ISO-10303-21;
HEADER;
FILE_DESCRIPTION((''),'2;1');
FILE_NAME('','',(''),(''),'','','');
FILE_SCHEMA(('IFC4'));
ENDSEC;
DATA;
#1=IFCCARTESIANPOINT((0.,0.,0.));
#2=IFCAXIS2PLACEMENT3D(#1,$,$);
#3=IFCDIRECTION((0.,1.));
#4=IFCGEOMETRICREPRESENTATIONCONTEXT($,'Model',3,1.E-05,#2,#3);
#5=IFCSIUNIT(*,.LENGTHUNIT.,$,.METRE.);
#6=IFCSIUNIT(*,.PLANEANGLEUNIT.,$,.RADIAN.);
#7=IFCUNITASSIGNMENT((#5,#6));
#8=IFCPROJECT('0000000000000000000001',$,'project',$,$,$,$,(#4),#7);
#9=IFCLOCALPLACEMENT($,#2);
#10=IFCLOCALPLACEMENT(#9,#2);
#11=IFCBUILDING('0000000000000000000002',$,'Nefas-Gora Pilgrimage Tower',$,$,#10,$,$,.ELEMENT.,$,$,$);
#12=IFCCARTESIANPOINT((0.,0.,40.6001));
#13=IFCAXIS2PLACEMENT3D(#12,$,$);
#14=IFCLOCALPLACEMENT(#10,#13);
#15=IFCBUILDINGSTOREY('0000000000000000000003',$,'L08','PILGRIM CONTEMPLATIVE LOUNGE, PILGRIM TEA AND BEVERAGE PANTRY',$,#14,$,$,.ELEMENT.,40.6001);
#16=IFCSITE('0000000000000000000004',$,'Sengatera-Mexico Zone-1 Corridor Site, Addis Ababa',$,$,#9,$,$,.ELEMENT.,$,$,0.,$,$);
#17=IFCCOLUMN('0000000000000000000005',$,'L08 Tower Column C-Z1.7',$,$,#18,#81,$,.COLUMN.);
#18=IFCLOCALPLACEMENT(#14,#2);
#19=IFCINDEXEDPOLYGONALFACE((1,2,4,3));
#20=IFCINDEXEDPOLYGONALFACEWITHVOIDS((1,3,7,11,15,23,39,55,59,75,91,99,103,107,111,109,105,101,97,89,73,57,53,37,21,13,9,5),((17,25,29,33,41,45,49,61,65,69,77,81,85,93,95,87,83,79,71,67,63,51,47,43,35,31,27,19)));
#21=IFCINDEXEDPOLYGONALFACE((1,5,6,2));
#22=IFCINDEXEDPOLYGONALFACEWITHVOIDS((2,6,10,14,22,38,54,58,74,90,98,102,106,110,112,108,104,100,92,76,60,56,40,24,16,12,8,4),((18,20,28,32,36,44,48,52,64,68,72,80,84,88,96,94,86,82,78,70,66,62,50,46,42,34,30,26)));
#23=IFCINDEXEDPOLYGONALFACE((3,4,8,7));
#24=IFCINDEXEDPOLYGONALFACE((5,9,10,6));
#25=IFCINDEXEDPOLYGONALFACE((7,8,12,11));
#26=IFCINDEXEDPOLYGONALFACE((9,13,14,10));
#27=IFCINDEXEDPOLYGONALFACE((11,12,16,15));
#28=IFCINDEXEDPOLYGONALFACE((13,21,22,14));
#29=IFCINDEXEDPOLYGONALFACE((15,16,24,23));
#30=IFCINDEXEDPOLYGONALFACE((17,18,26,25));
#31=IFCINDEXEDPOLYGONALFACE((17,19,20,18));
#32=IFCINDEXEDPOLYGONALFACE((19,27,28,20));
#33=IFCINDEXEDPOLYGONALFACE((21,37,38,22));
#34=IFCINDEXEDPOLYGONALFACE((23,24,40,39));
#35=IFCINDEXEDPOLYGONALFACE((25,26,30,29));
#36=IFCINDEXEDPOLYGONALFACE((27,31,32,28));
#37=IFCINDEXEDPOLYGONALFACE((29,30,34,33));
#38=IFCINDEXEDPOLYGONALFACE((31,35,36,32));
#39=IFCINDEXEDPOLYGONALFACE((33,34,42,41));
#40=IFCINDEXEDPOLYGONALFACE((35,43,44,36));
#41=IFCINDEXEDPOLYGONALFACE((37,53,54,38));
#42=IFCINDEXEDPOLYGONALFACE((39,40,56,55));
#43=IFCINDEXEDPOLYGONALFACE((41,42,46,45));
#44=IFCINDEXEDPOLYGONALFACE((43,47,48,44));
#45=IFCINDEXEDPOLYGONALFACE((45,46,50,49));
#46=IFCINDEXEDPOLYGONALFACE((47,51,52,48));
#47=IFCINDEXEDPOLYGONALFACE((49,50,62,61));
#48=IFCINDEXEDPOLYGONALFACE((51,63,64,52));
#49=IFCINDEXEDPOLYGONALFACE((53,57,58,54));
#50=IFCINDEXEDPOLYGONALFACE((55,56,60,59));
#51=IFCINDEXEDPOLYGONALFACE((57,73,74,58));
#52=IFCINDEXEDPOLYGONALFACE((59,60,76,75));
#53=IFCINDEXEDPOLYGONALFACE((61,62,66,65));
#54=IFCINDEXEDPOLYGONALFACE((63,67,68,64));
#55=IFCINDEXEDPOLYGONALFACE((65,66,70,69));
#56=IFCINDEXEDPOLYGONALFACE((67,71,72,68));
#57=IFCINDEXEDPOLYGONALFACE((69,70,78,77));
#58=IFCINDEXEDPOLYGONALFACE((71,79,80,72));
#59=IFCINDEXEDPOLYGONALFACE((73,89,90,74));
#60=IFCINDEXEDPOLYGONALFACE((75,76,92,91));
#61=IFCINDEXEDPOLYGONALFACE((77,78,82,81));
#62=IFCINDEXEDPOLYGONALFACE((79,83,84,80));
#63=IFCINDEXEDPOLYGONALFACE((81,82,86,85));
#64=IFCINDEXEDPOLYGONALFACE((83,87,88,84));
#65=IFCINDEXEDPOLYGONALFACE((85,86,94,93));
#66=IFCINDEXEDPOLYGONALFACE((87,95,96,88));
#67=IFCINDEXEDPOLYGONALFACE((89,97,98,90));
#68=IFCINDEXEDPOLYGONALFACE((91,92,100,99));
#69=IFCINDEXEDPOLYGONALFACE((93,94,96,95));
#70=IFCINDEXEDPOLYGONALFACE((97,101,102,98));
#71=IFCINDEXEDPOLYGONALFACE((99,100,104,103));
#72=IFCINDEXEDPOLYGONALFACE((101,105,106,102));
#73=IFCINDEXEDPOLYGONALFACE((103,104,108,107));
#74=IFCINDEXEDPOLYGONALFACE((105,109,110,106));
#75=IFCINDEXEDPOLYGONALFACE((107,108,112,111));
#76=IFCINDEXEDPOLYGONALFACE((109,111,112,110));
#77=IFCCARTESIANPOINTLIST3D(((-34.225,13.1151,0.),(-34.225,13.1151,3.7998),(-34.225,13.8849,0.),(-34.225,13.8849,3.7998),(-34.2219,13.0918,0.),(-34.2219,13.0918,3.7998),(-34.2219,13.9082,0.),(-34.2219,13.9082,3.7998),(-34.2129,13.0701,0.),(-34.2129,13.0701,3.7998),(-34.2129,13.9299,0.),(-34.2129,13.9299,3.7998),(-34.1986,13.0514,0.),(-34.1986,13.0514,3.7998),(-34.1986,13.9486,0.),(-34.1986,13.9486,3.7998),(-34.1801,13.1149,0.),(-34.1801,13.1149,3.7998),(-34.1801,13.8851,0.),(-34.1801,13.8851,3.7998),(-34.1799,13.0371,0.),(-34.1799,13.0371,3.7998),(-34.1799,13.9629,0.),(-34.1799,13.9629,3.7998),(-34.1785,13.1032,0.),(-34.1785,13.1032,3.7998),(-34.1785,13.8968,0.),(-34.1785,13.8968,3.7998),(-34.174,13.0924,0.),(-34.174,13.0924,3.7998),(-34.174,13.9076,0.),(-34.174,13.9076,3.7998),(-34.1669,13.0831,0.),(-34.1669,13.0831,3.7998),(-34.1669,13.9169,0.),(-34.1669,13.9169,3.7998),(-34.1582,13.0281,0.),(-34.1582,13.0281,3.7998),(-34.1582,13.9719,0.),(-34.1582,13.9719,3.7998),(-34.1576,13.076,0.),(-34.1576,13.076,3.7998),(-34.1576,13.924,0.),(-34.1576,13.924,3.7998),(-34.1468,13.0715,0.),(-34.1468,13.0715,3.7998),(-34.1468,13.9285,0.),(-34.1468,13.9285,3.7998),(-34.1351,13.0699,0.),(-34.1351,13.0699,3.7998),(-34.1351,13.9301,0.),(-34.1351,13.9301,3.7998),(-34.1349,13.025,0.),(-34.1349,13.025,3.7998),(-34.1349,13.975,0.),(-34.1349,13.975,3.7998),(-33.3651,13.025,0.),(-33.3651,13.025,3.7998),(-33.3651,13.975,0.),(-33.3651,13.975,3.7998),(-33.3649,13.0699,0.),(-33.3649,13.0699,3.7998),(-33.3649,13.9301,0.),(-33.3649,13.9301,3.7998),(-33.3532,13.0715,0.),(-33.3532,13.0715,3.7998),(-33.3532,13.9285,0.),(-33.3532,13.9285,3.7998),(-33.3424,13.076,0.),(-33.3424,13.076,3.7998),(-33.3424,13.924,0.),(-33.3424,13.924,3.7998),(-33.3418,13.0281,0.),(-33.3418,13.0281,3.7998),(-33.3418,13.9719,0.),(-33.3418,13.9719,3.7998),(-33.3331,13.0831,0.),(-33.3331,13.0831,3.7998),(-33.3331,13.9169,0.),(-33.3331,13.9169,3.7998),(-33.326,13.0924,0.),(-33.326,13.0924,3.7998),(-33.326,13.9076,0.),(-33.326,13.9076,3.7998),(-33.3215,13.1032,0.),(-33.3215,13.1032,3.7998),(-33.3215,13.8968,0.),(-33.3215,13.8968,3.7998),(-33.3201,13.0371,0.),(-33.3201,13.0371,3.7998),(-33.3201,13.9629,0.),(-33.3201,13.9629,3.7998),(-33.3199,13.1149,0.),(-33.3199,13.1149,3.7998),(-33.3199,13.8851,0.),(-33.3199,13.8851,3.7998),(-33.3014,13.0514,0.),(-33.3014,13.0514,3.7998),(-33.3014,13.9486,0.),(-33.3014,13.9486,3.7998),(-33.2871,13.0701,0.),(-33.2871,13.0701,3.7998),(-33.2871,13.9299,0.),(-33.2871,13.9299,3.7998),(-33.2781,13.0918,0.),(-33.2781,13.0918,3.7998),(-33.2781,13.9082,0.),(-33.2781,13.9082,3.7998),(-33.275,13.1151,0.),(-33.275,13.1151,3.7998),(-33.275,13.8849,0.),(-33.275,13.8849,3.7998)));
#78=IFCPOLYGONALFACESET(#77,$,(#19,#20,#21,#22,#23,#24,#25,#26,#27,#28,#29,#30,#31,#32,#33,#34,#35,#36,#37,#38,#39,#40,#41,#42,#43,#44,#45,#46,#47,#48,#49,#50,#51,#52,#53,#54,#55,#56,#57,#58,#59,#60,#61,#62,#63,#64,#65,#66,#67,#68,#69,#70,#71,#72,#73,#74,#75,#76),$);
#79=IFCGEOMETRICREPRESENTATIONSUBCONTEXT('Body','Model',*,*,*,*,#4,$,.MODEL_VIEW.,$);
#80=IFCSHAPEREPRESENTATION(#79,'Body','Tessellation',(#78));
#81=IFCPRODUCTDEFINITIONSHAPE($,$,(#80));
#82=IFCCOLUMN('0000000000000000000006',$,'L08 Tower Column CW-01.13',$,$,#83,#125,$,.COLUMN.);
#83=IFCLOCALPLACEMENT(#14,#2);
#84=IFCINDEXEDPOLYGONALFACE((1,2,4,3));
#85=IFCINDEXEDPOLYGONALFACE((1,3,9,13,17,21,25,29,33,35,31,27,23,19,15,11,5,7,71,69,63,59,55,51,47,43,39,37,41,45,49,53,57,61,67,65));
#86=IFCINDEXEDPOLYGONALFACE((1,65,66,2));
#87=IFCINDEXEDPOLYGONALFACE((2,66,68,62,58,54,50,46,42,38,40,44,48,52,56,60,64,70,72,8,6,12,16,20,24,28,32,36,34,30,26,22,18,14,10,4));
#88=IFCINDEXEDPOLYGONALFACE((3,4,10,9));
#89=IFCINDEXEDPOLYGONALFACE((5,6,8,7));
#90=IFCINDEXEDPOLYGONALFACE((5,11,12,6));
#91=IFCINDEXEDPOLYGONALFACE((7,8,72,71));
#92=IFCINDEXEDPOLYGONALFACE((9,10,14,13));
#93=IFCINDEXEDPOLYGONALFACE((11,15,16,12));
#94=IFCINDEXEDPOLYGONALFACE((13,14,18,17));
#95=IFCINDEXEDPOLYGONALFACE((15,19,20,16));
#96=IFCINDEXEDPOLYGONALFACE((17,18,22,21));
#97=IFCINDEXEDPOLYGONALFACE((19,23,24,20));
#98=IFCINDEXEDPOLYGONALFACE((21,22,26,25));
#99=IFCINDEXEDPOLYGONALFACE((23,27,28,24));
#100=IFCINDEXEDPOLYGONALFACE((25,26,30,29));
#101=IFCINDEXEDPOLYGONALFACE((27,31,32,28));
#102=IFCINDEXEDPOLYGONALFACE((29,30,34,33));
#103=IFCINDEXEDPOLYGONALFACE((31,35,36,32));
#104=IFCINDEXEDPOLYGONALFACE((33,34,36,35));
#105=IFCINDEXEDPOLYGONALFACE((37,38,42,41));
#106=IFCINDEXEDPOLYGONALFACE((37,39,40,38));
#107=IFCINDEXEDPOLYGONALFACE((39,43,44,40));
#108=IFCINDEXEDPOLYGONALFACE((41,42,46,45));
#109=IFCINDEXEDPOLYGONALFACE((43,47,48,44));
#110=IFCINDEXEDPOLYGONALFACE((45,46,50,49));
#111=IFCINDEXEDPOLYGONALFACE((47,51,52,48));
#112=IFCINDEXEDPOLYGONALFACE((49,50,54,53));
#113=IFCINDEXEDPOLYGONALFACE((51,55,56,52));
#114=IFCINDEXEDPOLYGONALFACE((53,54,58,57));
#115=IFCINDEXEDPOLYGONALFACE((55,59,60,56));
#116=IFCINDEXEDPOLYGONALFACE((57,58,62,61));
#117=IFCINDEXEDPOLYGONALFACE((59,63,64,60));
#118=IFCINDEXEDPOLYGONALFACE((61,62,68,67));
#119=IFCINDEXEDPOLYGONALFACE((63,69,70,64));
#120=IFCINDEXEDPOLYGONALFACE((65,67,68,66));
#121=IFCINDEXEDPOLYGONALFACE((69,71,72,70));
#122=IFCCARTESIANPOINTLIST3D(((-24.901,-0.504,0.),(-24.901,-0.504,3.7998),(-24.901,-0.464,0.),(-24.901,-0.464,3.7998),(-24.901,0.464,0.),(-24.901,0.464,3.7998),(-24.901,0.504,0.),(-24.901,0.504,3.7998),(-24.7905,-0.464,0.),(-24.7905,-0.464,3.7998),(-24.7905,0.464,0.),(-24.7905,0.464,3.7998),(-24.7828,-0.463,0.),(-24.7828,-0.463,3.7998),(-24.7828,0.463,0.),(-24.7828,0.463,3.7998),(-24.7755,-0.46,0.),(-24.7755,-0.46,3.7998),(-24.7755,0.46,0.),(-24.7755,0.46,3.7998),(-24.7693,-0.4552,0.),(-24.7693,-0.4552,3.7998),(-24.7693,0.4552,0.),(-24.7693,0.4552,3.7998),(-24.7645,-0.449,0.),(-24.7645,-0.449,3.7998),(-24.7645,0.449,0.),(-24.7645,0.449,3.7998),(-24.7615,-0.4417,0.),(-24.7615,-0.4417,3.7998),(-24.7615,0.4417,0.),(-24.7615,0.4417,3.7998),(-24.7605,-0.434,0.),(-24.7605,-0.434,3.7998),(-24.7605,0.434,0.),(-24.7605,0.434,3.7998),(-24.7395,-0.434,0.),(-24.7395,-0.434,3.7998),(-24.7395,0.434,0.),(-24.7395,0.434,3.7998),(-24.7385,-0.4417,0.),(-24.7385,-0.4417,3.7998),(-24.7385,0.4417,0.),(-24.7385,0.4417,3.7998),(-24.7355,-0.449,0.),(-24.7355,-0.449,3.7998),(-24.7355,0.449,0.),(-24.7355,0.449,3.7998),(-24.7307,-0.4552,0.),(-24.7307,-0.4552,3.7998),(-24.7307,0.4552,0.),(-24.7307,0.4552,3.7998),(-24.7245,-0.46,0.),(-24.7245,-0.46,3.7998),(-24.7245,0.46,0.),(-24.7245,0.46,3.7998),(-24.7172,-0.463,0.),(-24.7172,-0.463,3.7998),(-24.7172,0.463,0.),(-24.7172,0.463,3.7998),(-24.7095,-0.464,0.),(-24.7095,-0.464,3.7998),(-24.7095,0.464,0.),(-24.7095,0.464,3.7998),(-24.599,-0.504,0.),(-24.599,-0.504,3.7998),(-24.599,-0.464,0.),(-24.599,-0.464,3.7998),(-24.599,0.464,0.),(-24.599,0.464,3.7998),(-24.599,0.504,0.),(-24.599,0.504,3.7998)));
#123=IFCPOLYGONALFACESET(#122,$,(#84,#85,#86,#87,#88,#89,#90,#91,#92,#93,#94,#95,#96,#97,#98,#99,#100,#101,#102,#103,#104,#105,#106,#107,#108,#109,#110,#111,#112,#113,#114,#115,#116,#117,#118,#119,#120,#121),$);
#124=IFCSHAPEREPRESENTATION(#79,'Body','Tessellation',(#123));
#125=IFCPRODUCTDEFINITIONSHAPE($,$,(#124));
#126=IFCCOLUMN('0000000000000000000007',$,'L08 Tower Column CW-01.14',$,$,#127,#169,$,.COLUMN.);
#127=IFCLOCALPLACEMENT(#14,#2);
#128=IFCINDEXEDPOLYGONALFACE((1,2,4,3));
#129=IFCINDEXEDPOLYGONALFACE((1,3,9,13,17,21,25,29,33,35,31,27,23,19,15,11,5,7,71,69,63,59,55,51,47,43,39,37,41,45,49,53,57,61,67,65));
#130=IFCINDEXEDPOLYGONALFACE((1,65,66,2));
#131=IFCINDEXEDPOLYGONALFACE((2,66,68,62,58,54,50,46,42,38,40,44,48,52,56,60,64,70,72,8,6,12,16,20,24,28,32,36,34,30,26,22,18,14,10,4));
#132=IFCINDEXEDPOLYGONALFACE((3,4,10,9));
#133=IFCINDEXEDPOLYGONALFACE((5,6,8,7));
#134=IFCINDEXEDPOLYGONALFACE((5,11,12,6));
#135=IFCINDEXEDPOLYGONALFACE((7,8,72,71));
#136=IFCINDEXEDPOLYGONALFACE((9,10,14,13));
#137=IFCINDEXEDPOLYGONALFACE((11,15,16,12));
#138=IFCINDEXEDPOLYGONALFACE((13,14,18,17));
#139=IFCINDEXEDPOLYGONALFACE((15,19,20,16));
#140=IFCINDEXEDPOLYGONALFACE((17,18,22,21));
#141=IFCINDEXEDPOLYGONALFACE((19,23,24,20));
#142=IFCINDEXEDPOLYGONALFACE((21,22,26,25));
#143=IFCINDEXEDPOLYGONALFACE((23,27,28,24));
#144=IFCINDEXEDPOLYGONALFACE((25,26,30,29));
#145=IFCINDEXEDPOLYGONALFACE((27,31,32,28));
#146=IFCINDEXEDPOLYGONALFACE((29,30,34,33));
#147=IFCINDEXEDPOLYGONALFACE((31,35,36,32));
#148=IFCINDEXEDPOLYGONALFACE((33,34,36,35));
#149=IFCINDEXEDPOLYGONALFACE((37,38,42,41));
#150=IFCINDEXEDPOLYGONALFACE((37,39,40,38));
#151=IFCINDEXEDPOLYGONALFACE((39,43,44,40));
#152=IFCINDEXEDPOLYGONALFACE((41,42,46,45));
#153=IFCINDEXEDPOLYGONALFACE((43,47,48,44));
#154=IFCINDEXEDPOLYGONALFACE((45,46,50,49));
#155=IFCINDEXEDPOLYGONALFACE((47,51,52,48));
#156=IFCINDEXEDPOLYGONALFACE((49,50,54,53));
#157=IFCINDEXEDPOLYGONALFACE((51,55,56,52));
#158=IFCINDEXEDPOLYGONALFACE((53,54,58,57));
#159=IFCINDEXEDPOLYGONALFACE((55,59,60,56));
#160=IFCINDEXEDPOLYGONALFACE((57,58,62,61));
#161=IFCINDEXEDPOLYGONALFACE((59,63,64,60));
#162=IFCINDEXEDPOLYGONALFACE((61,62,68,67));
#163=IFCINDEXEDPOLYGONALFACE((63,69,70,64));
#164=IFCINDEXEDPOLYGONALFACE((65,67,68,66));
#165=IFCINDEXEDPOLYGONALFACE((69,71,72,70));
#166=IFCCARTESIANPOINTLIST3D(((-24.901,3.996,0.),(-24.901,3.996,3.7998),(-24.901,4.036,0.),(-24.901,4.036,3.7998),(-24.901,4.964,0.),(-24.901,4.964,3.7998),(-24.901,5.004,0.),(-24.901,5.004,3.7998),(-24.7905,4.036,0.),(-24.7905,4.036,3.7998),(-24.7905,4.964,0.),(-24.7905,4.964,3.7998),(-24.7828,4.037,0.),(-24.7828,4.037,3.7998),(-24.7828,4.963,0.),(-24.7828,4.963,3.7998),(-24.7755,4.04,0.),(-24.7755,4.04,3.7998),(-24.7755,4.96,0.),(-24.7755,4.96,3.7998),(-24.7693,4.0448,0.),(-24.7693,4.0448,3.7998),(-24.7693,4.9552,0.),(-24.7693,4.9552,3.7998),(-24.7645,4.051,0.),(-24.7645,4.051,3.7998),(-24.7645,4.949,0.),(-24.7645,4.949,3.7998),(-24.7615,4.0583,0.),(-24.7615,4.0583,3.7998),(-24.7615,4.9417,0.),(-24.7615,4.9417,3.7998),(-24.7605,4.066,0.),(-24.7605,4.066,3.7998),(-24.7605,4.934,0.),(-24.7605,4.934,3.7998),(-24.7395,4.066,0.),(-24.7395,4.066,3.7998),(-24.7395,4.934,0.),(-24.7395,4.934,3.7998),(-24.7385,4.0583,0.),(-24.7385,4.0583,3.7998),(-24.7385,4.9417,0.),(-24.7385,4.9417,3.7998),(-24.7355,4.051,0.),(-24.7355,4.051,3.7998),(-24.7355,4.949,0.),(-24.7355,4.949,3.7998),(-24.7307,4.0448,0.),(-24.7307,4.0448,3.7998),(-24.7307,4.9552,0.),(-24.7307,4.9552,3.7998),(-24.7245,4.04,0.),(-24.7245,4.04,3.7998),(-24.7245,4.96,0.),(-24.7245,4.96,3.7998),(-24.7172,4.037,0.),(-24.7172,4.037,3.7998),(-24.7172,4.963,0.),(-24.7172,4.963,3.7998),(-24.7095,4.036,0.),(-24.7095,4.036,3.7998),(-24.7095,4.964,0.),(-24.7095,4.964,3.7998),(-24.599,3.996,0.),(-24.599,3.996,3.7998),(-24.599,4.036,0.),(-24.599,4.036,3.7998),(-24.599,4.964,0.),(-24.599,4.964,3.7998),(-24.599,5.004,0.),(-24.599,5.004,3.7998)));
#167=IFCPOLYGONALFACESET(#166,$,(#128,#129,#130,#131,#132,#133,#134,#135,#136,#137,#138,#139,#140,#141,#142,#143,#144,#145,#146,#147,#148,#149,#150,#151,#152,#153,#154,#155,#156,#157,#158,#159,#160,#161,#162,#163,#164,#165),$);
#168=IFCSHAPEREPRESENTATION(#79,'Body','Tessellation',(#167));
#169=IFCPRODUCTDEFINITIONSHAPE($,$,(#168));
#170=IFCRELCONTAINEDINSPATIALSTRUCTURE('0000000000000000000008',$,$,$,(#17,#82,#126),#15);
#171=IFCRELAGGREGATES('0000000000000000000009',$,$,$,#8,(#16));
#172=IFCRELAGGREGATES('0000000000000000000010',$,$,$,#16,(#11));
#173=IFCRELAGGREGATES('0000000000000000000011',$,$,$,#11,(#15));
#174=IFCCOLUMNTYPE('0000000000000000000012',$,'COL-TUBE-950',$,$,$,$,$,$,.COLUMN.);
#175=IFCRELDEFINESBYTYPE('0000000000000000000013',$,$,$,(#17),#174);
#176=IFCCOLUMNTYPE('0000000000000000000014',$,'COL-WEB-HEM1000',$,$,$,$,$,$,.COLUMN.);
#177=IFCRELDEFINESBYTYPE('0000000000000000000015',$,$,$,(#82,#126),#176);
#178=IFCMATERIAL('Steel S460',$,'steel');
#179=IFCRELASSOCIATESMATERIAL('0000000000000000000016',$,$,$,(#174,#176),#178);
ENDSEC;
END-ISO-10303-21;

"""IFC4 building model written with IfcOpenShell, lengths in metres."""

from ifc_helpers import new_model, si_unit, direction, frame, origin, origin_2d, place, context, subcontext, project, spatial, hollow_rectangle, i_section, extrude, source, transform, mapped, material, material_profile, profile_set, type_object, element, save


model = new_model("IFC4")

# Units and contexts
model_context = context("Model", 3, precision=1e-05, world=origin(), true_north=direction((0.0, 1.0)))
body_context = subcontext(model_context, "Body", "Model", "MODEL_VIEW")
ifc_project = project(units=[si_unit("LENGTHUNIT", "METRE"), si_unit("PLANEANGLEUNIT", "RADIAN")], contexts=[model_context])

# Site, building, storey
site_placement = place(None, origin())
site = spatial("IfcSite", under=ifc_project, at=site_placement, Name="Sengatera-Mexico Zone-1 Corridor Site, Addis Ababa", CompositionType="ELEMENT", RefElevation=0.0)
building_placement = place(site_placement, origin())
building = spatial("IfcBuilding", under=site, at=building_placement, Name="Nefas-Gora Pilgrimage Tower", CompositionType="ELEMENT")
storey_placement = place(building_placement, frame((0.0, 0.0, 40.6001)))
storey = spatial("IfcBuildingStorey", under=building, at=storey_placement, Name="L08", Description="PILGRIM CONTEMPLATIVE LOUNGE, PILGRIM TEA AND BEVERAGE PANTRY", CompositionType="ELEMENT", Elevation=40.6001)

# Columns
ifc_material_1 = material(Name="Steel S460", Category="steel")
ifc_material_profile_1 = material_profile(ifc_material_1, hollow_rectangle(XDim=0.95, YDim=0.95, WallThickness=0.0449, InnerFilletRadius=0.0449, OuterFilletRadius=0.0901, at=origin_2d()), Name="BOX 950x950x45")
ifc_profile_set_1 = profile_set([ifc_material_profile_1], Name="Steel S460")
column_type_1 = type_object("IfcColumnType", Name="COL-TUBE-950", PredefinedType="COLUMN", material=ifc_profile_set_1)
shared_shape_1 = source(origin(), body_context, "Body", "SweptSolid", [
    extrude(hollow_rectangle(XDim=0.95, YDim=0.95, WallThickness=0.0449, InnerFilletRadius=0.0449, OuterFilletRadius=0.0901, at=origin_2d()), origin(), (0.0, 0.0, 1.0), 3.7998),
])
for number, where, z_axis, x_axis, name in (
    (1, (-33.75, 13.5, 0.0), (0.0, 0.0, 1.0), (1.0, 0.0, 0.0), "L08 Tower Column C-Z1.7"),
):
    element("IfcColumn", number, at=place(storey_placement, frame(where, z_axis=z_axis, x_axis=x_axis)), inside=storey, type_object=column_type_1, Name=name, PredefinedType="COLUMN", context=body_context, shape_type="MappedRepresentation", body=[
        mapped(shared_shape_1, transform((0.0, 0.0, 0.0), x_axis=(1.0, 0.0, 0.0), y_axis=(0.0, 1.0, 0.0), z_axis=(0.0, 0.0, 1.0), scale=1.0)),
    ])
ifc_material_profile_2 = material_profile(ifc_material_1, i_section(OverallWidth=0.302, OverallDepth=1.0081, WebThickness=0.021, FlangeThickness=0.04, FilletRadius=0.03, at=origin_2d()), Name="HEM 1000")
ifc_profile_set_2 = profile_set([ifc_material_profile_2], Name="Steel S460")
column_type_2 = type_object("IfcColumnType", Name="COL-WEB-HEM1000", PredefinedType="COLUMN", material=ifc_profile_set_2)
shared_shape_2 = source(origin(), body_context, "Body", "SweptSolid", [
    extrude(i_section(OverallWidth=0.302, OverallDepth=1.0081, WebThickness=0.021, FlangeThickness=0.04, FilletRadius=0.03, at=origin_2d()), origin(), (0.0, 0.0, 1.0), 3.7998),
])
for number, where, z_axis, x_axis, name in (
    (2, (-24.75, 0.0, 0.0), (0.0, 0.0, 1.0), (1.0, 0.0, 0.0), "L08 Tower Column CW-01.13"),
    (3, (-24.75, 4.5, 0.0), (0.0, 0.0, 1.0), (1.0, 0.0, 0.0), "L08 Tower Column CW-01.14"),
):
    element("IfcColumn", number, at=place(storey_placement, frame(where, z_axis=z_axis, x_axis=x_axis)), inside=storey, type_object=column_type_2, Name=name, PredefinedType="COLUMN", context=body_context, shape_type="MappedRepresentation", body=[
        mapped(shared_shape_2, transform((0.0, 0.0, 0.0), x_axis=(1.0, 0.0, 0.0), y_axis=(0.0, 1.0, 0.0), z_axis=(0.0, 0.0, 1.0), scale=1.0)),
    ])

save(model, "model.ifc")
